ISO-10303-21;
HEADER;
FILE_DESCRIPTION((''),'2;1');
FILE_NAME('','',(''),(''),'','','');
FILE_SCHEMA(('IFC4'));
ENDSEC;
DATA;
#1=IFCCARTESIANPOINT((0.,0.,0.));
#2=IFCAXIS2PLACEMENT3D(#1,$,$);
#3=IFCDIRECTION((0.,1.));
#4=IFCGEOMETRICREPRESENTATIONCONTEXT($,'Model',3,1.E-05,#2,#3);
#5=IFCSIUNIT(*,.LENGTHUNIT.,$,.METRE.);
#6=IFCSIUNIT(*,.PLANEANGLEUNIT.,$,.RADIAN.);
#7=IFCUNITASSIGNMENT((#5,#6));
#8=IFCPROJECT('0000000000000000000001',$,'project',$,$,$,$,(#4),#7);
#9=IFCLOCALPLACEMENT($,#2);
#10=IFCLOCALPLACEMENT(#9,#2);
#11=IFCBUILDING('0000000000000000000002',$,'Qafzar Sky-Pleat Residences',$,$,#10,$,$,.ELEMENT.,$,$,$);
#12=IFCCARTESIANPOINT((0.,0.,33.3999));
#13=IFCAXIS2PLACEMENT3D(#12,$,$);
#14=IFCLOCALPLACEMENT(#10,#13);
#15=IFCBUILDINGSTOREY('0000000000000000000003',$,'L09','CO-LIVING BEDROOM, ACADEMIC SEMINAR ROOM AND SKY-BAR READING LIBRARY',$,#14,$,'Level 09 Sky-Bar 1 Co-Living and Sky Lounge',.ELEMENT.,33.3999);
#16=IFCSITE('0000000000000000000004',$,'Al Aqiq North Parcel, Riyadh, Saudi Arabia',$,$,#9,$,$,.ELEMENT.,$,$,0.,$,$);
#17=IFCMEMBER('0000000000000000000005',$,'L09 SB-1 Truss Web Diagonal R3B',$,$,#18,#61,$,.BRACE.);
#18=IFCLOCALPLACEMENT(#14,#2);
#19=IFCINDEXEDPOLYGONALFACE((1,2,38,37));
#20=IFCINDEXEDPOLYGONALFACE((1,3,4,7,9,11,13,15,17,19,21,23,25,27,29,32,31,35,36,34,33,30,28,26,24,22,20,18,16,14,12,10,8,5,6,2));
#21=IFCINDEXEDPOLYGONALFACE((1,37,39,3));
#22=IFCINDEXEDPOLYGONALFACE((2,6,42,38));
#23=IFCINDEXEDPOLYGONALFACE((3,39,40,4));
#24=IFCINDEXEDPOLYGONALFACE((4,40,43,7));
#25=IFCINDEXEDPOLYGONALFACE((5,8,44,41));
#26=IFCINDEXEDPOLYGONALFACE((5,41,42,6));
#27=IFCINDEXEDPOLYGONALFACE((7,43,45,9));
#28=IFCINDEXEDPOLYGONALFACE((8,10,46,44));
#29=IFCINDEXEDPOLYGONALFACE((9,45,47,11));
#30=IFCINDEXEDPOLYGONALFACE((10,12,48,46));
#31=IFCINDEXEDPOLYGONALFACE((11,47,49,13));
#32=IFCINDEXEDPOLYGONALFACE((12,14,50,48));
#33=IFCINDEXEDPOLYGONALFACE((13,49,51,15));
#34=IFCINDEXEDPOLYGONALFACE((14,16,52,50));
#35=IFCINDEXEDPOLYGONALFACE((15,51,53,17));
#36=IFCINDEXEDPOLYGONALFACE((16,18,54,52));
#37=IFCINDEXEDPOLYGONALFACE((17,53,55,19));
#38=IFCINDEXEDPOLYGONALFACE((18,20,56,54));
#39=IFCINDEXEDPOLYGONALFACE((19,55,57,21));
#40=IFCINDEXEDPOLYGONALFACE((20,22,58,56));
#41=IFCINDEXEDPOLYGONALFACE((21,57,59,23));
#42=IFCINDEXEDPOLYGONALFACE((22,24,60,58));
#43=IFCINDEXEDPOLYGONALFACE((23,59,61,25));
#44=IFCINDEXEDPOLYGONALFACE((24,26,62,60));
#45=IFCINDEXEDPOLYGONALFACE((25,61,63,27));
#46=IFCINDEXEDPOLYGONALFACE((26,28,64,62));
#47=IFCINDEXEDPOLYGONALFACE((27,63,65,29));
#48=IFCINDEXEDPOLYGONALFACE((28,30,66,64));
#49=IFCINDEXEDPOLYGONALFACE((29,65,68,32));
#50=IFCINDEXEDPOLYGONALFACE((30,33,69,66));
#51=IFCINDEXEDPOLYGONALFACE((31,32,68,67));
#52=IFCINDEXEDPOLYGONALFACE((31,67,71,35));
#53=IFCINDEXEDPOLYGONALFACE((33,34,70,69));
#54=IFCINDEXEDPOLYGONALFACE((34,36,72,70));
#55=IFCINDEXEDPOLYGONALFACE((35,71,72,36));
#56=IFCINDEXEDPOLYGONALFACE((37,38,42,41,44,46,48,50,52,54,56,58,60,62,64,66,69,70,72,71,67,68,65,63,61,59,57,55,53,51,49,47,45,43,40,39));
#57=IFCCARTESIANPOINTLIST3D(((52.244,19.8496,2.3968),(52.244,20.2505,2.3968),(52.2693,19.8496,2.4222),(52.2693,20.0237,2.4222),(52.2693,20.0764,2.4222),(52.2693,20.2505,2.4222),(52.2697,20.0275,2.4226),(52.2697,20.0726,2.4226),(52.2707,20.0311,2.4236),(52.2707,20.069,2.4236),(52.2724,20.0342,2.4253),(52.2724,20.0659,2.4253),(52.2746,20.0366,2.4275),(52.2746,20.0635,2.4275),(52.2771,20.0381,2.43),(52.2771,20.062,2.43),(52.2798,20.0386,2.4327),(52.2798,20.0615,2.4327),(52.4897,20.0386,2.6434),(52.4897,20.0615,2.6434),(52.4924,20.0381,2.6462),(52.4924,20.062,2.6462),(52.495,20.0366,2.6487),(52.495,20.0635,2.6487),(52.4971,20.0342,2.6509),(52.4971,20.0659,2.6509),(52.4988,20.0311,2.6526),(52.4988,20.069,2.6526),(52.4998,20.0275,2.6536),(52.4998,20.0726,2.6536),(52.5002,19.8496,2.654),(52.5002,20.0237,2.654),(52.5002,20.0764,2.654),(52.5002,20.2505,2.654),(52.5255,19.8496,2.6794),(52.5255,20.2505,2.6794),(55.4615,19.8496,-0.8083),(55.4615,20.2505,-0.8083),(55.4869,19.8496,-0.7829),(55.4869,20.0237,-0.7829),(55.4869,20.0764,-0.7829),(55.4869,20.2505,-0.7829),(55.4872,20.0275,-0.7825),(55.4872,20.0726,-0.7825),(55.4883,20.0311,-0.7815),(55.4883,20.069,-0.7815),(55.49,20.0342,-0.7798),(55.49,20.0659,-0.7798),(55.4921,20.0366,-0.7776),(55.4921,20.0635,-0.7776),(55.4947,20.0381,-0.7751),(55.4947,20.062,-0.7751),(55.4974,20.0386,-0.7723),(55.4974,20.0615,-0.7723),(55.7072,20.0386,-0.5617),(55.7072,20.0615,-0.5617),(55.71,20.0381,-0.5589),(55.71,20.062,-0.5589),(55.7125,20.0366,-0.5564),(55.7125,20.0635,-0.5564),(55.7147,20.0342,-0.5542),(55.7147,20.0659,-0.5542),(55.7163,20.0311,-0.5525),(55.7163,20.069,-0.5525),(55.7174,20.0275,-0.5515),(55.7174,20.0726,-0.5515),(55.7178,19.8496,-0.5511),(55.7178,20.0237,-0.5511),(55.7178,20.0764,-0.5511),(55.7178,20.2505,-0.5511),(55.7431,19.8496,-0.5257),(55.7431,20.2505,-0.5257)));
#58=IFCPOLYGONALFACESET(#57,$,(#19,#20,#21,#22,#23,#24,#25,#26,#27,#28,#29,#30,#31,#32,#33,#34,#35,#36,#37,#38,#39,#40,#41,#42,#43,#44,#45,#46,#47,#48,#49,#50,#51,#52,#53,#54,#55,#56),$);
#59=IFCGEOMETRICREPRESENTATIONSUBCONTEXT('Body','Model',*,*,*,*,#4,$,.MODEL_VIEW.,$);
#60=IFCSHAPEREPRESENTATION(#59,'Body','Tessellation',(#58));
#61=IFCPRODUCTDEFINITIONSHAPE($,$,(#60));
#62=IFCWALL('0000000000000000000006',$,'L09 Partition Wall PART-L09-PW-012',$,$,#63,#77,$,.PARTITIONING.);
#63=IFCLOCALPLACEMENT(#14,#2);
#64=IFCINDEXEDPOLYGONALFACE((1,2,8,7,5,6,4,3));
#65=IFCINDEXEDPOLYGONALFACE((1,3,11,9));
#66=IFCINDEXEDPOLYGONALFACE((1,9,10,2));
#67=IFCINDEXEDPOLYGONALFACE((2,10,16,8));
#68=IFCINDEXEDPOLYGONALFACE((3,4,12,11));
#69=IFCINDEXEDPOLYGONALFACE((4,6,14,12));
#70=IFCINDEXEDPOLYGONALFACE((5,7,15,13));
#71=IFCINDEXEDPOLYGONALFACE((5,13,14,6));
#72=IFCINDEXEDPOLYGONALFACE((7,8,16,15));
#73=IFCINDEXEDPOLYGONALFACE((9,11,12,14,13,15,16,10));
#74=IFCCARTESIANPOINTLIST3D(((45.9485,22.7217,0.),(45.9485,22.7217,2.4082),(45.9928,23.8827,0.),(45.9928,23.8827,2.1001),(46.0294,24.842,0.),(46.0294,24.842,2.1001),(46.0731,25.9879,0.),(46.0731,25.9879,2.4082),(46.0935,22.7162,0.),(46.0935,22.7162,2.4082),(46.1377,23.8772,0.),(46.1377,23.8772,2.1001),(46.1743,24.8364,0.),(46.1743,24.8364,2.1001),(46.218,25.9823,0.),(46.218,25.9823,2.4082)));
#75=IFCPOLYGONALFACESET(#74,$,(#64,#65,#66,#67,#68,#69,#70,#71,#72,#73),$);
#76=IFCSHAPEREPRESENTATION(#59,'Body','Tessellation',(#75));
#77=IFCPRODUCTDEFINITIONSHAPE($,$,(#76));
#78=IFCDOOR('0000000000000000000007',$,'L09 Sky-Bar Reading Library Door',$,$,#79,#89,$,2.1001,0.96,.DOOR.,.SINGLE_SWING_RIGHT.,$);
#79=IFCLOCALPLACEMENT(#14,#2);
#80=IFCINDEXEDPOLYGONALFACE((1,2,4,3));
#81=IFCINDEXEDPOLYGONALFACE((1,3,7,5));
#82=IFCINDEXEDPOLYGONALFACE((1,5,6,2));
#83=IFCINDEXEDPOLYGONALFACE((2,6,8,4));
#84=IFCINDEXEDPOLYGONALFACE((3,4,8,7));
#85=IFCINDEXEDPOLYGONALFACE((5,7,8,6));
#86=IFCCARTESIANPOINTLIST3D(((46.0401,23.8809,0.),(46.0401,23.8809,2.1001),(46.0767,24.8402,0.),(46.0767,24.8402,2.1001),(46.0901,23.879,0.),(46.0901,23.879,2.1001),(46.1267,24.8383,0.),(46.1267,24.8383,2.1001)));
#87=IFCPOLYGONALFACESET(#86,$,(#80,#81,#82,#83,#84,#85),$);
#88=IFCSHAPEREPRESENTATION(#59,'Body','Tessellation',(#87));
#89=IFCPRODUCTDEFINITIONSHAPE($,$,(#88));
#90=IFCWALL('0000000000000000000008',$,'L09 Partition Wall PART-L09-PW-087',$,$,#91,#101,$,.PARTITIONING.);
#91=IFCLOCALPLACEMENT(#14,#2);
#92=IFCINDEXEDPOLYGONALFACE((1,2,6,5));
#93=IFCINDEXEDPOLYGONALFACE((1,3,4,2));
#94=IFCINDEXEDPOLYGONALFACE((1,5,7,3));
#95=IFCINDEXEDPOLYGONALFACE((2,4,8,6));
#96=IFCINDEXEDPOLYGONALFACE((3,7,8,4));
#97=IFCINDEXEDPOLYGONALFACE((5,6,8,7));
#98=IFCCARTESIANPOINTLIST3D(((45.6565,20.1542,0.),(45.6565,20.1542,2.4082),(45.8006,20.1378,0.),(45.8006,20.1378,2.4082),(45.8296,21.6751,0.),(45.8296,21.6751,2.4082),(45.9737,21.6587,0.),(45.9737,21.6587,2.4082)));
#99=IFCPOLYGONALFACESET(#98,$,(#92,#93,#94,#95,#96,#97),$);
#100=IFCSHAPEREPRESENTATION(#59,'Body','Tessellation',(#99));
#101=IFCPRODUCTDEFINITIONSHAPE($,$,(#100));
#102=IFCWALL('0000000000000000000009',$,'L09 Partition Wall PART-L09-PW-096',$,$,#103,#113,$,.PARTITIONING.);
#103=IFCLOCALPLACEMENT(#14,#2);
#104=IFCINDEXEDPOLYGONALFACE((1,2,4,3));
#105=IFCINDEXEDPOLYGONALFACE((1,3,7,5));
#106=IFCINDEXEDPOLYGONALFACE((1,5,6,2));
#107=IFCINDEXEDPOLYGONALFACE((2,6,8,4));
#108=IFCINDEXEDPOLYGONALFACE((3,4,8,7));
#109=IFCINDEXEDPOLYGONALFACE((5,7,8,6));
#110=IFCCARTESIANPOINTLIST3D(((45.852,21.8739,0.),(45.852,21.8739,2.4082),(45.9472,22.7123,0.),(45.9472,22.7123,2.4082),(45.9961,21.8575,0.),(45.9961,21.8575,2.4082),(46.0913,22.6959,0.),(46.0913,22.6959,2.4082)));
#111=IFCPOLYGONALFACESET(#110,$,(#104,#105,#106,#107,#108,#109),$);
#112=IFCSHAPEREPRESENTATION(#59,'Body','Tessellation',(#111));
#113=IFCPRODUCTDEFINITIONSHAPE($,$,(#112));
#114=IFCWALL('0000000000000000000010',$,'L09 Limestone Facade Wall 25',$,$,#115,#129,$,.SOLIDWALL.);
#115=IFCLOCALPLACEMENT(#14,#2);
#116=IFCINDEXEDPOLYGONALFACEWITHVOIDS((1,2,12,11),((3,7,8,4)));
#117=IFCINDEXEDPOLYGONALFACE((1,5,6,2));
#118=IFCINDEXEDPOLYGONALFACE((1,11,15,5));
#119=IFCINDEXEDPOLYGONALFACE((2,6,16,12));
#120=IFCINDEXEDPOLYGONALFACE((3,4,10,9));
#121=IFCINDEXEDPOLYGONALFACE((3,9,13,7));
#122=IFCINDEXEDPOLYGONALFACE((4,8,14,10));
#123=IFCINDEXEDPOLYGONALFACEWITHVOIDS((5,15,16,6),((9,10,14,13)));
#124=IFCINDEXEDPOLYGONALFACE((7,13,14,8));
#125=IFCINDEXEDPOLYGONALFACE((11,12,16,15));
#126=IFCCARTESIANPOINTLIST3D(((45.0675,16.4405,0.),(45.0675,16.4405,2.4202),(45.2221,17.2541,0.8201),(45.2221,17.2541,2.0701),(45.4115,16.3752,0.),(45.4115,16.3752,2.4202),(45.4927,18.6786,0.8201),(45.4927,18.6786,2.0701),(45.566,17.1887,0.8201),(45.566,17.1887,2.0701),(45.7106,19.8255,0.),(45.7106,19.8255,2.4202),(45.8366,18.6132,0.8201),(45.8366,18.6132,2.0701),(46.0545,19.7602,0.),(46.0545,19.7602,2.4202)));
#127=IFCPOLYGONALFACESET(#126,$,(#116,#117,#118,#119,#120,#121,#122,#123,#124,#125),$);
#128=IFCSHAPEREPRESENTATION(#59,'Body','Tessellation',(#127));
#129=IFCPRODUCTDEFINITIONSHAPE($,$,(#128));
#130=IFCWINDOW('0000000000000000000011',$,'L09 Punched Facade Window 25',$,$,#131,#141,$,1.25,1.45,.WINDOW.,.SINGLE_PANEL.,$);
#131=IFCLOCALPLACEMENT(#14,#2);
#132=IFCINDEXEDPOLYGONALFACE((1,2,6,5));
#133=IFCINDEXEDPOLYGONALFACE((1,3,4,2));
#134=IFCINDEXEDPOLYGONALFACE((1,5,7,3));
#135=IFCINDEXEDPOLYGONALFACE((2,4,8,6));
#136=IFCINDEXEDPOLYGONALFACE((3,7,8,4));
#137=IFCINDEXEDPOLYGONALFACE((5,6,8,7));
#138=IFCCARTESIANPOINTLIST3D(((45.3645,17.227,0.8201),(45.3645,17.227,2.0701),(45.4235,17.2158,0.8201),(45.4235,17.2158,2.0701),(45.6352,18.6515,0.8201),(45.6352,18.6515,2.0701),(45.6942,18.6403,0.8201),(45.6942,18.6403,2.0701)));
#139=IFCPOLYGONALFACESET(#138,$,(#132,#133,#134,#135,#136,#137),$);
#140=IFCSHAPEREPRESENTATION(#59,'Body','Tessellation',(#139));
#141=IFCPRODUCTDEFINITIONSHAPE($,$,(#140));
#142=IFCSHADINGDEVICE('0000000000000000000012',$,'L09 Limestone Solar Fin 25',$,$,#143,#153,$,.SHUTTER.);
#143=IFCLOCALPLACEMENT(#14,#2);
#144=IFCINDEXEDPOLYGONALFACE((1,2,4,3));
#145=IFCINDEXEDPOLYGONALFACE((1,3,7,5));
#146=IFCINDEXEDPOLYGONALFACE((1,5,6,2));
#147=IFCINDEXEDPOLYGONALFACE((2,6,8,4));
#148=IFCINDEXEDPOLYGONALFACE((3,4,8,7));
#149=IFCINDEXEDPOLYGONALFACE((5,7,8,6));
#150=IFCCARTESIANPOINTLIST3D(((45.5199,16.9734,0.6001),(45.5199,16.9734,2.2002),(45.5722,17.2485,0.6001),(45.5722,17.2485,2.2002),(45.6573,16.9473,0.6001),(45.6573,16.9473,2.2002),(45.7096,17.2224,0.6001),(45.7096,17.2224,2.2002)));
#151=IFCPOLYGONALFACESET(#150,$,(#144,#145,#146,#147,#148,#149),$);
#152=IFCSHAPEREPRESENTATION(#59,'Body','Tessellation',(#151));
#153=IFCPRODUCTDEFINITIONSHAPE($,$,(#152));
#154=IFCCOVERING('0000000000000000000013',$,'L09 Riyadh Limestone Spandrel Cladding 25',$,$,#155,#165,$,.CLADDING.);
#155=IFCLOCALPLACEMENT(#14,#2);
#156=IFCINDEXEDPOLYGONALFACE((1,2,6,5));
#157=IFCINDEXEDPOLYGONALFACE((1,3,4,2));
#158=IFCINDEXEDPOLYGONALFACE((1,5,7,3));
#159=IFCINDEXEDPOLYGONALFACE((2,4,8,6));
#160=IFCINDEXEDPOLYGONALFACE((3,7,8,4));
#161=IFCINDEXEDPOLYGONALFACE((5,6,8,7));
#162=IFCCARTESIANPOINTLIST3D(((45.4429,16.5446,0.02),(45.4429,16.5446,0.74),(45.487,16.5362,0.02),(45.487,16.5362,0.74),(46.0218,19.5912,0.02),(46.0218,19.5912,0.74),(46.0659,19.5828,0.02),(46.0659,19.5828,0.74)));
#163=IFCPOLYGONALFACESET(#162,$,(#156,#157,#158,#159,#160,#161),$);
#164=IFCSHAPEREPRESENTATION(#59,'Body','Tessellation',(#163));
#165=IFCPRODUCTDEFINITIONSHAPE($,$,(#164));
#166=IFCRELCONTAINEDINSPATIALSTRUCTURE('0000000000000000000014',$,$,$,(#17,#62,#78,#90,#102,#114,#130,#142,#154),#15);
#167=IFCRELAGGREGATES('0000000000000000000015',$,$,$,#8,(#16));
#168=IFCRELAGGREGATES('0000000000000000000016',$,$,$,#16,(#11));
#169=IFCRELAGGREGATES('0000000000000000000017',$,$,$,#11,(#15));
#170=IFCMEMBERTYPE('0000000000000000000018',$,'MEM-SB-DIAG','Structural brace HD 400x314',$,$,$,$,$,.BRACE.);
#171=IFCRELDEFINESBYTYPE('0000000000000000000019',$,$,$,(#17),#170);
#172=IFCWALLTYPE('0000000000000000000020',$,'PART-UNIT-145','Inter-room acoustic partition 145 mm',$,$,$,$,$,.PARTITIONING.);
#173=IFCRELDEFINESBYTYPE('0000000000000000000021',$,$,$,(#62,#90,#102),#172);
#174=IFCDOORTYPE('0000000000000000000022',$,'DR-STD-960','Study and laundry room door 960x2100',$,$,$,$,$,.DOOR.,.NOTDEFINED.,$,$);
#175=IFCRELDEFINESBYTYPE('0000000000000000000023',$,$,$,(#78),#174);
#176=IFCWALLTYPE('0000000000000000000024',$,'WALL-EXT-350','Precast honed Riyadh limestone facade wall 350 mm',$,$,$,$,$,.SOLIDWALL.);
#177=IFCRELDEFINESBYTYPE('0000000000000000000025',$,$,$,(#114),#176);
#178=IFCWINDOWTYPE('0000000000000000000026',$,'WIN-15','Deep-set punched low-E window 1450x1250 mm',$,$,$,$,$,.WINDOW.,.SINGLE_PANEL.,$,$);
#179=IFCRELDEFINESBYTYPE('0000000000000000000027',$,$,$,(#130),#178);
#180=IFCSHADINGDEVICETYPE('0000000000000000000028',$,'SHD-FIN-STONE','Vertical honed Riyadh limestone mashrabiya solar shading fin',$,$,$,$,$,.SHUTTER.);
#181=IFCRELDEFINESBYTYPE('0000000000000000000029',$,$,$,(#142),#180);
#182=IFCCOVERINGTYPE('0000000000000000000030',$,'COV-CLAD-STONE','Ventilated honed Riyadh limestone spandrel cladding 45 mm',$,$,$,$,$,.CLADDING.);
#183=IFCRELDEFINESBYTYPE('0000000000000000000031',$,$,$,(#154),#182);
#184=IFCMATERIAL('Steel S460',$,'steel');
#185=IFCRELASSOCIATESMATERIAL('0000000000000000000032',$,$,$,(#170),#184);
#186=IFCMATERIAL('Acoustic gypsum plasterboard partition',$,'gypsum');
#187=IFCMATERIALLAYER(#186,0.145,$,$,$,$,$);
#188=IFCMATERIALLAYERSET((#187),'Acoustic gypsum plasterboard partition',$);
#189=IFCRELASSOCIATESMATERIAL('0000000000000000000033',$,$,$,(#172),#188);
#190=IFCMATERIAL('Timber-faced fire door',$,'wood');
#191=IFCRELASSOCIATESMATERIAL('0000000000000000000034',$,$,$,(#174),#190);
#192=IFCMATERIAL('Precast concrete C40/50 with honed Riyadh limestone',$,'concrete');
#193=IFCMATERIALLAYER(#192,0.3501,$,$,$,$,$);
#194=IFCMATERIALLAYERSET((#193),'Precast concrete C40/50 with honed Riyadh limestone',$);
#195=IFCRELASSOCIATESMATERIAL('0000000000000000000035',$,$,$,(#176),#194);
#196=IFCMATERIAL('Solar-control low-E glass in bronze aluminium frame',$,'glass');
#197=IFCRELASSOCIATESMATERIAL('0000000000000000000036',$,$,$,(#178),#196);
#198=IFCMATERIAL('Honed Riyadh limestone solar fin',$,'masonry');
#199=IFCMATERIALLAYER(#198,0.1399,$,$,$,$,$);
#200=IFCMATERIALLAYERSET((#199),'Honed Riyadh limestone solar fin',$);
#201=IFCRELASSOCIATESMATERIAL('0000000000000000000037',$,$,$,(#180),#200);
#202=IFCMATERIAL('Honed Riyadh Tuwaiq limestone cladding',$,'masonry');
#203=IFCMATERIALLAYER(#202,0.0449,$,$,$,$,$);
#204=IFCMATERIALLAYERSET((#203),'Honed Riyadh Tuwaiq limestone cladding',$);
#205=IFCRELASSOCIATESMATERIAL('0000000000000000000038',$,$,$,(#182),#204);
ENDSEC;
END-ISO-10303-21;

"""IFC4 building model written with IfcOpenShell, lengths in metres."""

from ifc_helpers import new_model, si_unit, direction, frame, frame_2d, origin, origin_2d, place, context, subcontext, project, spatial, rectangle, i_section, extrude, source, transform, mapped, material, layer, layer_set, material_profile, profile_set, type_object, element, fill, save


model = new_model("IFC4")

# Units and contexts
model_context = context("Model", 3, precision=1e-05, world=origin(), true_north=direction((0.0, 1.0)))
body_context = subcontext(model_context, "Body", "Model", "MODEL_VIEW")
ifc_project = project(units=[si_unit("LENGTHUNIT", "METRE"), si_unit("PLANEANGLEUNIT", "RADIAN")], contexts=[model_context])

# Site, building, storey
site_placement = place(None, origin())
site = spatial("IfcSite", under=ifc_project, at=site_placement, Name="Al Aqiq North Parcel, Riyadh, Saudi Arabia", CompositionType="ELEMENT", RefElevation=0.0)
building_placement = place(site_placement, origin())
building = spatial("IfcBuilding", under=site, at=building_placement, Name="Qafzar Sky-Pleat Residences", CompositionType="ELEMENT")
storey_placement = place(building_placement, frame((0.0, 0.0, 33.3999)))
storey = spatial("IfcBuildingStorey", under=building, at=storey_placement, Name="L09", Description="CO-LIVING BEDROOM, ACADEMIC SEMINAR ROOM AND SKY-BAR READING LIBRARY", LongName="Level 09 Sky-Bar 1 Co-Living and Sky Lounge", CompositionType="ELEMENT", Elevation=33.3999)

# Shared definitions
ifc_material_1 = material(Name="Steel S460", Category="steel")

# Member
ifc_material_profile_1 = material_profile(ifc_material_1, i_section(OverallWidth=0.4009, OverallDepth=0.3989, WebThickness=0.0229, FlangeThickness=0.0359, FilletRadius=0.0149, at=origin_2d()), Name="HD 400x314")
ifc_profile_set_1 = profile_set([ifc_material_profile_1], Name="Steel S460")
member_type = type_object("IfcMemberType", Name="MEM-SB-DIAG", Description="Structural brace HD 400x314", PredefinedType="BRACE", material=ifc_profile_set_1)
shared_shape_1 = source(origin(), body_context, "Body", "SweptSolid", [
    extrude(i_section(OverallWidth=0.4009, OverallDepth=0.3989, WebThickness=0.0229, FlangeThickness=0.0359, FilletRadius=0.0149, at=origin_2d()), origin(), (0.0, 0.0, 1.0), 4.5415),
])
for number, where, z_axis, x_axis, name in (
    (1, (52.3848, 20.05, 2.5381), (0.708476, 0.0, -0.705735), (0.0, 1.0, 0.0), "L09 SB-1 Truss Web Diagonal R3B"),
):
    element("IfcMember", number, at=place(storey_placement, frame(where, z_axis=z_axis, x_axis=x_axis)), inside=storey, type_object=member_type, Name=name, PredefinedType="BRACE", context=body_context, shape_type="MappedRepresentation", body=[
        mapped(shared_shape_1, transform((0.0, 0.0, 0.0), x_axis=(1.0, 0.0, 0.0), y_axis=(0.0, 1.0, 0.0), z_axis=(0.0, 0.0, 1.0), scale=1.0)),
    ])

# Wall, opening, door
ifc_material_2 = material(Name="Acoustic gypsum plasterboard partition", Category="gypsum")
ifc_layer_1 = layer(ifc_material_2, 0.145)
ifc_layer_set_1 = layer_set([ifc_layer_1], Name="Acoustic gypsum plasterboard partition")
wall_type_1 = type_object("IfcWallType", Name="PART-UNIT-145", Description="Inter-room acoustic partition 145 mm", PredefinedType="PARTITIONING", material=ifc_layer_set_1)
wall_1_placement = place(storey_placement, frame((46.1455, 25.9851, 0.0), z_axis=(0.0, 0.0, 1.0), x_axis=(-0.038095, -0.999274, 0.0)))
wall_1 = element("IfcWall", 2, at=wall_1_placement, inside=storey, type_object=wall_type_1, Name="L09 Partition Wall PART-L09-PW-012", PredefinedType="PARTITIONING", context=body_context, shape_type="SweptSolid", body=[
    extrude(rectangle(XDim=3.2686, YDim=0.145, at=frame_2d((1.6343, 0.0))), origin(), (0.0, 0.0, 1.0), 2.4082),
])
opening_1_placement = place(wall_1_placement, frame((1.1467, 0.0, 0.0)))
opening_1 = element("IfcOpeningElement", 3, at=opening_1_placement, cuts=wall_1, PredefinedType="OPENING", context=body_context, shape_type="SweptSolid", body=[
    extrude(rectangle(XDim=0.96, YDim=2.1001, at=frame_2d((0.48, 1.05))), frame((0.0, 0.0825, 0.0), z_axis=(0.0, -1.0, 0.0), x_axis=(1.0, 0.0, 0.0)), (0.0, 0.0, 1.0), 0.165),
])
ifc_material_3 = material(Name="Timber-faced fire door", Category="wood")
door_type = type_object("IfcDoorType", Name="DR-STD-960", Description="Study and laundry room door 960x2100", OperationType="NOTDEFINED", PredefinedType="DOOR", material=ifc_material_3)
shared_shape_2 = source(origin(), body_context, "Body", "SweptSolid", [
    extrude(rectangle(XDim=0.96, YDim=2.1001, at=frame_2d((0.48, 1.05))), frame((0.0, 0.0249, 0.0), z_axis=(0.0, -1.0, 0.0), x_axis=(1.0, 0.0, 0.0)), (0.0, 0.0, 1.0), 0.05),
])
door_placement = place(opening_1_placement, origin())
door = element("IfcDoor", 4, at=door_placement, inside=storey, type_object=door_type, Name="L09 Sky-Bar Reading Library Door", OperationType="SINGLE_SWING_RIGHT", OverallHeight=2.1001, OverallWidth=0.96, PredefinedType="DOOR", context=body_context, shape_type="MappedRepresentation", body=[
    mapped(shared_shape_2, transform((0.0, 0.0, 0.0), x_axis=(1.0, 0.0, 0.0), y_axis=(0.0, 1.0, 0.0), z_axis=(0.0, 0.0, 1.0), scale=1.0)),
])
fill(opening_1, door)

# Walls
wall_2_placement = place(storey_placement, frame((45.7285, 20.146, 0.0), z_axis=(0.0, 0.0, 1.0), x_axis=(0.113074, 0.993587, 0.0)))
element("IfcWall", 5, at=wall_2_placement, inside=storey, type_object=wall_type_1, Name="L09 Partition Wall PART-L09-PW-087", PredefinedType="PARTITIONING", context=body_context, shape_type="SweptSolid", body=[
    extrude(rectangle(XDim=1.5308, YDim=0.145, at=frame_2d((0.7654, 0.0))), origin(), (0.0, 0.0, 1.0), 2.4082),
])
wall_3_placement = place(storey_placement, frame((45.9241, 21.8657, 0.0), z_axis=(0.0, 0.0, 1.0), x_axis=(0.112845, 0.993613, 0.0)))
element("IfcWall", 6, at=wall_3_placement, inside=storey, type_object=wall_type_1, Name="L09 Partition Wall PART-L09-PW-096", PredefinedType="PARTITIONING", context=body_context, shape_type="SweptSolid", body=[
    extrude(rectangle(XDim=0.8438, YDim=0.145, at=frame_2d((0.4219, 0.0))), origin(), (0.0, 0.0, 1.0), 2.4082),
])

# Wall, opening, window
ifc_material_4 = material(Name="Precast concrete C40/50 with honed Riyadh limestone", Category="concrete")
ifc_layer_2 = layer(ifc_material_4, 0.3501)
ifc_layer_set_2 = layer_set([ifc_layer_2], Name="Precast concrete C40/50 with honed Riyadh limestone")
wall_type_2 = type_object("IfcWallType", Name="WALL-EXT-350", Description="Precast honed Riyadh limestone facade wall 350 mm", PredefinedType="SOLIDWALL", material=ifc_layer_set_2)
wall_4_placement = place(storey_placement, frame((45.2395, 16.408, 0.0), z_axis=(0.0, 0.0, 1.0), x_axis=(0.186637, 0.982429, 0.0)))
wall_4 = element("IfcWall", 7, at=wall_4_placement, inside=storey, type_object=wall_type_2, Name="L09 Limestone Facade Wall 25", PredefinedType="SOLIDWALL", context=body_context, shape_type="SweptSolid", body=[
    extrude(rectangle(XDim=3.4456, YDim=0.3501, at=frame_2d((1.7227, 0.0))), origin(), (0.0, 0.0, 1.0), 2.4202),
])
opening_2_placement = place(wall_4_placement, frame((0.8279, 0.0, 0.8201)))
opening_2 = element("IfcOpeningElement", 8, at=opening_2_placement, cuts=wall_4, PredefinedType="OPENING", context=body_context, shape_type="SweptSolid", body=[
    extrude(rectangle(XDim=1.45, YDim=1.25, at=frame_2d((0.7251, 0.625))), frame((0.0, 0.1851, 0.0), z_axis=(0.0, -1.0, 0.0), x_axis=(1.0, 0.0, 0.0)), (0.0, 0.0, 1.0), 0.3701),
])
ifc_material_5 = material(Name="Solar-control low-E glass in bronze aluminium frame", Category="glass")
window_type = type_object("IfcWindowType", Name="WIN-15", Description="Deep-set punched low-E window 1450x1250 mm", PartitioningType="SINGLE_PANEL", PredefinedType="WINDOW", material=ifc_material_5)
shared_shape_3 = source(origin(), body_context, "Body", "SweptSolid", [
    extrude(rectangle(XDim=1.45, YDim=1.25, at=frame_2d((0.7251, 0.625))), frame((0.0, 0.03, 0.0), z_axis=(0.0, -1.0, 0.0), x_axis=(1.0, 0.0, 0.0)), (0.0, 0.0, 1.0), 0.0601),
])
window_placement = place(opening_2_placement, origin())
window = element("IfcWindow", 9, at=window_placement, inside=storey, type_object=window_type, Name="L09 Punched Facade Window 25", OverallHeight=1.25, OverallWidth=1.45, PartitioningType="SINGLE_PANEL", PredefinedType="WINDOW", context=body_context, shape_type="MappedRepresentation", body=[
    mapped(shared_shape_3, transform((0.0, 0.0, 0.0), x_axis=(1.0, 0.0, 0.0), y_axis=(0.0, 1.0, 0.0), z_axis=(0.0, 0.0, 1.0), scale=1.0)),
])
fill(opening_2, window)

# Shading device
ifc_material_6 = material(Name="Honed Riyadh limestone solar fin", Category="masonry")
ifc_layer_3 = layer(ifc_material_6, 0.1399)
ifc_layer_set_3 = layer_set([ifc_layer_3], Name="Honed Riyadh limestone solar fin")
shading_device_type = type_object("IfcShadingDeviceType", Name="SHD-FIN-STONE", Description="Vertical honed Riyadh limestone mashrabiya solar shading fin", PredefinedType="SHUTTER", material=ifc_layer_set_3)
shared_shape_4 = source(origin(), body_context, "Body", "SweptSolid", [
    extrude(rectangle(XDim=0.1399, YDim=0.28, at=origin_2d()), origin(), (0.0, 0.0, 1.0), 1.6001),
])
shading_device_placement = place(storey_placement, frame((45.6147, 17.0979, 0.6001), z_axis=(0.0, 0.0, 1.0), x_axis=(0.982421, -0.186679, 0.0)))
element("IfcShadingDevice", 10, at=shading_device_placement, inside=storey, type_object=shading_device_type, Name="L09 Limestone Solar Fin 25", PredefinedType="SHUTTER", context=body_context, shape_type="MappedRepresentation", body=[
    mapped(shared_shape_4, transform((0.0, 0.0, 0.0), x_axis=(1.0, 0.0, 0.0), y_axis=(0.0, 1.0, 0.0), z_axis=(0.0, 0.0, 1.0), scale=1.0)),
])

# Covering
ifc_material_7 = material(Name="Honed Riyadh Tuwaiq limestone cladding", Category="masonry")
ifc_layer_4 = layer(ifc_material_7, 0.0449)
ifc_layer_set_4 = layer_set([ifc_layer_4], Name="Honed Riyadh Tuwaiq limestone cladding")
covering_type = type_object("IfcCoveringType", Name="COV-CLAD-STONE", Description="Ventilated honed Riyadh limestone spandrel cladding 45 mm", PredefinedType="CLADDING", material=ifc_layer_set_4)
shared_shape_5 = source(origin(), body_context, "Body", "SweptSolid", [
    extrude(rectangle(XDim=3.1011, YDim=0.0449, at=origin_2d()), origin(), (0.0, 0.0, 1.0), 0.72),
])
covering_placement = place(storey_placement, frame((45.7544, 18.0637, 0.02), z_axis=(0.0, 0.0, 1.0), x_axis=(0.186669, 0.982423, 0.0)))
element("IfcCovering", 11, at=covering_placement, inside=storey, type_object=covering_type, Name="L09 Riyadh Limestone Spandrel Cladding 25", PredefinedType="CLADDING", context=body_context, shape_type="MappedRepresentation", body=[
    mapped(shared_shape_5, transform((0.0, 0.0, 0.0), x_axis=(1.0, 0.0, 0.0), y_axis=(0.0, 1.0, 0.0), z_axis=(0.0, 0.0, 1.0), scale=1.0)),
])

save(model, "model.ifc")
